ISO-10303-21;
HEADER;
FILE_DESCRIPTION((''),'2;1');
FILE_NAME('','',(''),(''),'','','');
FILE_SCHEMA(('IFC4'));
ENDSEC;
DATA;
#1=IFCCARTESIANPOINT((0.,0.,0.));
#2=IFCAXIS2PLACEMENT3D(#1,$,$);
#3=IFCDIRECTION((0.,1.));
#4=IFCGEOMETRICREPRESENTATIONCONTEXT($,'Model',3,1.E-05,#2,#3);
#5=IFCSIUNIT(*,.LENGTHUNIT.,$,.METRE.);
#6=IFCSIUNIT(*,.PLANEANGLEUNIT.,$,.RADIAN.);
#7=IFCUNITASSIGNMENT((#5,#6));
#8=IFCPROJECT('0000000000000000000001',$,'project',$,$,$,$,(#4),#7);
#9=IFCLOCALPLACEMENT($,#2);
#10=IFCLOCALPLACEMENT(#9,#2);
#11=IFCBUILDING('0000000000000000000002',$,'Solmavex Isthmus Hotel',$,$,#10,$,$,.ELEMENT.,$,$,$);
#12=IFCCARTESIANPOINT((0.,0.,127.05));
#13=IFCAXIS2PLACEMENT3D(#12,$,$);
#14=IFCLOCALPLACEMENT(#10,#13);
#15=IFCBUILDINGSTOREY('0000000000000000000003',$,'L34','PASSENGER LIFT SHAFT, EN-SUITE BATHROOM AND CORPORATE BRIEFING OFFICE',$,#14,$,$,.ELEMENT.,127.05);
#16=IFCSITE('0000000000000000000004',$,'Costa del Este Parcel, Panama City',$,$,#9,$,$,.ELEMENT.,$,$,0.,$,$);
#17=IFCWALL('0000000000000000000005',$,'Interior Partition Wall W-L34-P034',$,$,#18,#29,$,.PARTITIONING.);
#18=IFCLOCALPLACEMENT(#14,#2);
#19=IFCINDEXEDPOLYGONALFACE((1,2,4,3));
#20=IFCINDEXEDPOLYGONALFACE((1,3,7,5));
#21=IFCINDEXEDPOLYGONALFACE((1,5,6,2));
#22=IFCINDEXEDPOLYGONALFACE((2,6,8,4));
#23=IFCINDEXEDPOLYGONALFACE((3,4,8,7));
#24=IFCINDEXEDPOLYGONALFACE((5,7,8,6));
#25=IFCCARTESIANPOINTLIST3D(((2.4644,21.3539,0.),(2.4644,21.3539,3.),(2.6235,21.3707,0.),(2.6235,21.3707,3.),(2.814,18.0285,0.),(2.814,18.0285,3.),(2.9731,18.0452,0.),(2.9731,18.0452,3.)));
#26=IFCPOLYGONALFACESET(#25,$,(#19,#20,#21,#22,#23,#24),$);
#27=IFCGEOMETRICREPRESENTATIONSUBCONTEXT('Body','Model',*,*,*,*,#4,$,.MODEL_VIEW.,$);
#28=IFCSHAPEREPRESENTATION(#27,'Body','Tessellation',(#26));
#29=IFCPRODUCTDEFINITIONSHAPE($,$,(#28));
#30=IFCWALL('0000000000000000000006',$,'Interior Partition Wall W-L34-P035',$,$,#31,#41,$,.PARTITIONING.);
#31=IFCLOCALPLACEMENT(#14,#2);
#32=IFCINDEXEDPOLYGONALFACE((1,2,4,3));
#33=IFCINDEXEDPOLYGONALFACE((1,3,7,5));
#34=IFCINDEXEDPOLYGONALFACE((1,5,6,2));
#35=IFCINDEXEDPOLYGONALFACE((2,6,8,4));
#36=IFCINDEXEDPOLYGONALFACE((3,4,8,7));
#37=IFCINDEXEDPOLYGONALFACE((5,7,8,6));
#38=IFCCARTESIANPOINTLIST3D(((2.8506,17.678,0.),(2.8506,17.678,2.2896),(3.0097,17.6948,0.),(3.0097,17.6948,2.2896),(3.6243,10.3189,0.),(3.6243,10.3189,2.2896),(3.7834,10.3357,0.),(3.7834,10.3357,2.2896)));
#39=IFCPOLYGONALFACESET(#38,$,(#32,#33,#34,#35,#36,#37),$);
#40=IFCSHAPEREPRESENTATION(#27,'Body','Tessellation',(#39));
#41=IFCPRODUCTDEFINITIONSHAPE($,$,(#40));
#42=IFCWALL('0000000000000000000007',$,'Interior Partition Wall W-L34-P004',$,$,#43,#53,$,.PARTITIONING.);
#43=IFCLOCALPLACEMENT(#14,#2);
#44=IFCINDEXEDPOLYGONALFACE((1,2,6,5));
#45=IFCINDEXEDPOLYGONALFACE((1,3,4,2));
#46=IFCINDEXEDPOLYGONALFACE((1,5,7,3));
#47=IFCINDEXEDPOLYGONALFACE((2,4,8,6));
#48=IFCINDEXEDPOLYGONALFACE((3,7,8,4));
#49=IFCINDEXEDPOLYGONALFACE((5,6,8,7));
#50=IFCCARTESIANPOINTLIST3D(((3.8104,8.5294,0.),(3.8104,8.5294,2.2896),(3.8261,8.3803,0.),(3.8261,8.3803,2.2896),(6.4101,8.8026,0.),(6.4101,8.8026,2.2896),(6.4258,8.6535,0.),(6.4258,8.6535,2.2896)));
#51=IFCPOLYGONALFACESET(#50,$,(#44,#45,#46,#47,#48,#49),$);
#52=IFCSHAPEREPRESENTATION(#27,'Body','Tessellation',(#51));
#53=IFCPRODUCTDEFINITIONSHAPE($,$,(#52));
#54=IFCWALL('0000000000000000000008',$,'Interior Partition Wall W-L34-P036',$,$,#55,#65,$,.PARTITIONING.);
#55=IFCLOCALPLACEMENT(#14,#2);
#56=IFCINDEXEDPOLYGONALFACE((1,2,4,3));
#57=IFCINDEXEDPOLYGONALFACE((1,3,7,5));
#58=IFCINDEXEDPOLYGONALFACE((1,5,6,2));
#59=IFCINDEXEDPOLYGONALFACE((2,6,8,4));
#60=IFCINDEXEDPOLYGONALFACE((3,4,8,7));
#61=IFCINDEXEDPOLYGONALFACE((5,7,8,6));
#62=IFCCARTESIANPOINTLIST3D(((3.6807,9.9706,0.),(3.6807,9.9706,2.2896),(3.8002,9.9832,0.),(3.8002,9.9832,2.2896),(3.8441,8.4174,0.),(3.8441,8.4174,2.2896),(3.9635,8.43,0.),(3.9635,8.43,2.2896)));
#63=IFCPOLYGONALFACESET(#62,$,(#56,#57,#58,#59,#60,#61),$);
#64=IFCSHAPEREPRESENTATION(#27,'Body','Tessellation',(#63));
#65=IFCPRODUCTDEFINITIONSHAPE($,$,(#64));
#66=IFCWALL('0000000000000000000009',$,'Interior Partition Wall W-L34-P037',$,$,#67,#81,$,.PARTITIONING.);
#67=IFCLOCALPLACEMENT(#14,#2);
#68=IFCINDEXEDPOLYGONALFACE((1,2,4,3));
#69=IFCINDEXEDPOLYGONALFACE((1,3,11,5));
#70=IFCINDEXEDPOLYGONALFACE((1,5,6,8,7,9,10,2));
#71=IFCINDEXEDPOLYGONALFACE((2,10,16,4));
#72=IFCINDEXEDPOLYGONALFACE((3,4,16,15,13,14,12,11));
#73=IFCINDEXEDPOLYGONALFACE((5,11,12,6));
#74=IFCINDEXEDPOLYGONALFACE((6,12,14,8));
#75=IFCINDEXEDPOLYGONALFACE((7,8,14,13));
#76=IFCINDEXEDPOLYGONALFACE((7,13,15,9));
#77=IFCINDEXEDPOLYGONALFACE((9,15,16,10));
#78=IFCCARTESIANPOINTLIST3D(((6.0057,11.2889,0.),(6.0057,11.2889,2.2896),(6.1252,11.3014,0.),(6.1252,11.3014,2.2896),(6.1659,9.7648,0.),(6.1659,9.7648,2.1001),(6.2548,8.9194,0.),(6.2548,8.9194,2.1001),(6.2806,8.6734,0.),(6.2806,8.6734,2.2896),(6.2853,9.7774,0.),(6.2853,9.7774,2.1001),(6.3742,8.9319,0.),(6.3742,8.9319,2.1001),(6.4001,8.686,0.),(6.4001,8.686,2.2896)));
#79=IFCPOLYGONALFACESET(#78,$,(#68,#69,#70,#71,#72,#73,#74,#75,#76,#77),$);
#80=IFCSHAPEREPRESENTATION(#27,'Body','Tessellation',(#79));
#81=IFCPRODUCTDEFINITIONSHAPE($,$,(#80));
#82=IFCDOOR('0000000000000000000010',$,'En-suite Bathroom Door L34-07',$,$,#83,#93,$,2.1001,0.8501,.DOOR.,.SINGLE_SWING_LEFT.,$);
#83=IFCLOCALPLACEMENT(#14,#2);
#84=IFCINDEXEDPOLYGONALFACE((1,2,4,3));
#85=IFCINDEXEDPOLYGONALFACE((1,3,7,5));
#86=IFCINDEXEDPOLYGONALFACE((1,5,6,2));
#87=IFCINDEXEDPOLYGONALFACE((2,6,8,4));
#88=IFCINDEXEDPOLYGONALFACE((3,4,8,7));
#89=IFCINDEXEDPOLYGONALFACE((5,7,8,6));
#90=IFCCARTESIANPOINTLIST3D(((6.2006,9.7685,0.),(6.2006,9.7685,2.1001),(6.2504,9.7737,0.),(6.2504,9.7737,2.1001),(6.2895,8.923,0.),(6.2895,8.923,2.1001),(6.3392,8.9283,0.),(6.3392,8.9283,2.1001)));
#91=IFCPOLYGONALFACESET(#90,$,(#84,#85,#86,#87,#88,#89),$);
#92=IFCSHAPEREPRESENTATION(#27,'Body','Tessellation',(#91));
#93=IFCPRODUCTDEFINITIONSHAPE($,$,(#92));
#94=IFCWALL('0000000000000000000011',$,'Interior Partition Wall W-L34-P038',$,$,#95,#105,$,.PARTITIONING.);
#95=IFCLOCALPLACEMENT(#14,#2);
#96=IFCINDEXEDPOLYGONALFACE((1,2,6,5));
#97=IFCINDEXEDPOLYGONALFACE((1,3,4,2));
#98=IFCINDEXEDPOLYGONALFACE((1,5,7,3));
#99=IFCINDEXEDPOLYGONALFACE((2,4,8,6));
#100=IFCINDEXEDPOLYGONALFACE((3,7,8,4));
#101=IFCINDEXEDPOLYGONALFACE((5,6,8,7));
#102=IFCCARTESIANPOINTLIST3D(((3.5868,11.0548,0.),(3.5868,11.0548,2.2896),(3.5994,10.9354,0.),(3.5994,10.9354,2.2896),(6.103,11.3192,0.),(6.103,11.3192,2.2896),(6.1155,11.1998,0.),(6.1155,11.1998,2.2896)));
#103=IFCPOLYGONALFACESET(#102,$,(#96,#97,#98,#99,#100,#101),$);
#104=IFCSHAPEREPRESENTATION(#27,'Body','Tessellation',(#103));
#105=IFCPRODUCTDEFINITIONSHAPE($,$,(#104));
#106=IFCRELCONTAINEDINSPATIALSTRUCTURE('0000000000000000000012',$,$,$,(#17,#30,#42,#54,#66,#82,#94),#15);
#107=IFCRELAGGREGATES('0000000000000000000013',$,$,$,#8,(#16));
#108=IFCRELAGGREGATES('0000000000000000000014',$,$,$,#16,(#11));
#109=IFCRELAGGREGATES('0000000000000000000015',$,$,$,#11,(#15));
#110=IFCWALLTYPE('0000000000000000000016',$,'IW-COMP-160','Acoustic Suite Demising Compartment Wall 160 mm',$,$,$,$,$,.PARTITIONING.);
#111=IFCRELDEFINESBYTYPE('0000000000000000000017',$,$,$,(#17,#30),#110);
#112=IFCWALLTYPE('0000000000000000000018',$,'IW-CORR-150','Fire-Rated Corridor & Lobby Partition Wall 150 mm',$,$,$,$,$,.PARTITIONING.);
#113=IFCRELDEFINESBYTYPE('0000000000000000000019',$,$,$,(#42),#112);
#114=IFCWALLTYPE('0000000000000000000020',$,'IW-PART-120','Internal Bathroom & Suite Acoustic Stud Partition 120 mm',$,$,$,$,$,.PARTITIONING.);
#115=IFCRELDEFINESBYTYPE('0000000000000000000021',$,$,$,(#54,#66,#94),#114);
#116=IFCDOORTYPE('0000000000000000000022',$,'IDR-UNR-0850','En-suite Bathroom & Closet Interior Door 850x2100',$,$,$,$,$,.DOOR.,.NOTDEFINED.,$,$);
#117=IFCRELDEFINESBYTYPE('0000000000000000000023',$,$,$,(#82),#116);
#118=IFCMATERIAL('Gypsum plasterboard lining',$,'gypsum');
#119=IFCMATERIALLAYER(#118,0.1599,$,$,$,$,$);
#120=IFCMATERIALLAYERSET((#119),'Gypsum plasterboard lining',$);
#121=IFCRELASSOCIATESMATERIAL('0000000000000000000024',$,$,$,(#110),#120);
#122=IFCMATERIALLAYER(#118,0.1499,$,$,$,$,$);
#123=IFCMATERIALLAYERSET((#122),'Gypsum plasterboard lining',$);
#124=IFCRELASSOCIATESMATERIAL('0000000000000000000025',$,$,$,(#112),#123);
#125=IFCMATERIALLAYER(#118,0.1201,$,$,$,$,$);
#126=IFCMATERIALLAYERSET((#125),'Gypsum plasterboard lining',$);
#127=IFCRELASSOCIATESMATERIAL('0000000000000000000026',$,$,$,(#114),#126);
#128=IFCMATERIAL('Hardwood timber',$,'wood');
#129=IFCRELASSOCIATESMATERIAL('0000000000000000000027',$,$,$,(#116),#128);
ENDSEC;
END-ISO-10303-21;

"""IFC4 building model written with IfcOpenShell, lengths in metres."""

from ifc_helpers import new_model, si_unit, direction, frame, frame_2d, origin, place, context, subcontext, project, spatial, rectangle, extrude, material, layer, layer_set, type_object, element, fill, save


model = new_model("IFC4")

# Units and contexts
model_context = context("Model", 3, precision=1e-05, world=origin(), true_north=direction((0.0, 1.0)))
body_context = subcontext(model_context, "Body", "Model", "MODEL_VIEW")
ifc_project = project(units=[si_unit("LENGTHUNIT", "METRE"), si_unit("PLANEANGLEUNIT", "RADIAN")], contexts=[model_context])

# Site, building, storey
site_placement = place(None, origin())
site = spatial("IfcSite", under=ifc_project, at=site_placement, Name="Costa del Este Parcel, Panama City", CompositionType="ELEMENT", RefElevation=0.0)
building_placement = place(site_placement, origin())
building = spatial("IfcBuilding", under=site, at=building_placement, Name="Solmavex Isthmus Hotel", CompositionType="ELEMENT")
storey_placement = place(building_placement, frame((0.0, 0.0, 127.05)))
storey = spatial("IfcBuildingStorey", under=building, at=storey_placement, Name="L34", Description="PASSENGER LIFT SHAFT, EN-SUITE BATHROOM AND CORPORATE BRIEFING OFFICE", CompositionType="ELEMENT", Elevation=127.05)

# Walls
ifc_material_1 = material(Name="Gypsum plasterboard lining", Category="gypsum")
ifc_layer_1 = layer(ifc_material_1, 0.1599)
ifc_layer_set_1 = layer_set([ifc_layer_1], Name="Gypsum plasterboard lining")
wall_type_1 = type_object("IfcWallType", Name="IW-COMP-160", Description="Acoustic Suite Demising Compartment Wall 160 mm", PredefinedType="PARTITIONING", material=ifc_layer_set_1)
wall_1_placement = place(storey_placement, frame((2.5439, 21.3623, 0.0), z_axis=(0.0, 0.0, 1.0), x_axis=(0.104556, -0.994519, 0.0)))
element("IfcWall", 1, at=wall_1_placement, inside=storey, type_object=wall_type_1, Name="Interior Partition Wall W-L34-P034", PredefinedType="PARTITIONING", context=body_context, shape_type="SweptSolid", body=[
    extrude(rectangle(XDim=3.3438, YDim=0.1599, at=frame_2d((1.6719, 0.0))), origin(), (0.0, 0.0, 1.0), 3.0),
])
wall_2_placement = place(storey_placement, frame((2.9302, 17.6863, 0.0), z_axis=(0.0, 0.0, 1.0), x_axis=(0.104556, -0.994519, 0.0)))
element("IfcWall", 2, at=wall_2_placement, inside=storey, type_object=wall_type_1, Name="Interior Partition Wall W-L34-P035", PredefinedType="PARTITIONING", context=body_context, shape_type="SweptSolid", body=[
    extrude(rectangle(XDim=7.3997, YDim=0.1599, at=frame_2d((3.6997, 0.0))), origin(), (0.0, 0.0, 1.0), 2.2896),
])

# Shared definitions
ifc_layer_2 = layer(ifc_material_1, 0.1499)
ifc_layer_set_2 = layer_set([ifc_layer_2], Name="Gypsum plasterboard lining")
wall_type_2 = type_object("IfcWallType", Name="IW-CORR-150", Description="Fire-Rated Corridor & Lobby Partition Wall 150 mm", PredefinedType="PARTITIONING", material=ifc_layer_set_2)
ifc_material_2 = material(Name="Hardwood timber", Category="wood")

# Walls
wall_3_placement = place(storey_placement, frame((3.8181, 8.4548, 0.0), z_axis=(0.0, 0.0, 1.0), x_axis=(0.994523, 0.104515, 0.0)))
element("IfcWall", 3, at=wall_3_placement, inside=storey, type_object=wall_type_2, Name="Interior Partition Wall W-L34-P004", PredefinedType="PARTITIONING", context=body_context, shape_type="SweptSolid", body=[
    extrude(rectangle(XDim=2.614, YDim=0.1499, at=frame_2d((1.3071, 0.0))), origin(), (0.0, 0.0, 1.0), 2.2896),
])
ifc_layer_3 = layer(ifc_material_1, 0.1201)
ifc_layer_set_3 = layer_set([ifc_layer_3], Name="Gypsum plasterboard lining")
wall_type_3 = type_object("IfcWallType", Name="IW-PART-120", Description="Internal Bathroom & Suite Acoustic Stud Partition 120 mm", PredefinedType="PARTITIONING", material=ifc_layer_set_3)
wall_4_placement = place(storey_placement, frame((3.7405, 9.9768, 0.0), z_axis=(0.0, 0.0, 1.0), x_axis=(0.104579, -0.994517, 0.0)))
element("IfcWall", 4, at=wall_4_placement, inside=storey, type_object=wall_type_3, Name="Interior Partition Wall W-L34-P036", PredefinedType="PARTITIONING", context=body_context, shape_type="SweptSolid", body=[
    extrude(rectangle(XDim=1.5618, YDim=0.1201, at=frame_2d((0.7808, 0.0))), origin(), (0.0, 0.0, 1.0), 2.2896),
])

# Wall, opening, door
wall_5_placement = place(storey_placement, frame((6.3403, 8.6797, 0.0), z_axis=(0.0, 0.0, 1.0), x_axis=(-0.10453, 0.994522, 0.0)))
wall_5 = element("IfcWall", 5, at=wall_5_placement, inside=storey, type_object=wall_type_3, Name="Interior Partition Wall W-L34-P037", PredefinedType="PARTITIONING", context=body_context, shape_type="SweptSolid", body=[
    extrude(rectangle(XDim=2.6299, YDim=0.1201, at=frame_2d((1.3149, 0.0))), origin(), (0.0, 0.0, 1.0), 2.2896),
])
opening_1_placement = place(wall_5_placement, frame((0.2473, 0.0, 0.0)))
opening_1 = element("IfcOpeningElement", 6, at=opening_1_placement, cuts=wall_5, PredefinedType="OPENING", context=body_context, shape_type="SweptSolid", body=[
    extrude(rectangle(XDim=0.8501, YDim=2.1001, at=frame_2d((0.425, 1.05))), frame((0.0, 0.0701, 0.0), z_axis=(0.0, -1.0, 0.0), x_axis=(1.0, 0.0, 0.0)), (0.0, 0.0, 1.0), 0.1401),
])
door_type_1 = type_object("IfcDoorType", Name="IDR-UNR-0850", Description="En-suite Bathroom & Closet Interior Door 850x2100", OperationType="NOTDEFINED", PredefinedType="DOOR", material=ifc_material_2)
door_1_placement = place(opening_1_placement, frame((0.8501, 0.0, 0.0), z_axis=(0.0, 0.0, 1.0), x_axis=(-1.0, 0.0, 0.0)))
door_1 = element("IfcDoor", 7, at=door_1_placement, inside=storey, type_object=door_type_1, Name="En-suite Bathroom Door L34-07", OperationType="SINGLE_SWING_LEFT", OverallHeight=2.1001, OverallWidth=0.8501, PredefinedType="DOOR", context=body_context, shape_type="SweptSolid", body=[
    extrude(rectangle(XDim=0.8501, YDim=2.1001, at=frame_2d((0.425, 1.05))), frame((0.0, 0.0249, 0.0), z_axis=(0.0, -1.0, 0.0), x_axis=(1.0, 0.0, 0.0)), (0.0, 0.0, 1.0), 0.05),
])
fill(opening_1, door_1)

# Wall
wall_6_placement = place(storey_placement, frame((6.1094, 11.2595, 0.0), z_axis=(0.0, 0.0, 1.0), x_axis=(-0.994524, -0.104509, 0.0)))
element("IfcWall", 8, at=wall_6_placement, inside=storey, type_object=wall_type_3, Name="Interior Partition Wall W-L34-P038", PredefinedType="PARTITIONING", context=body_context, shape_type="SweptSolid", body=[
    extrude(rectangle(XDim=2.53, YDim=0.1201, at=frame_2d((1.2651, 0.0))), origin(), (0.0, 0.0, 1.0), 2.2896),
])

save(model, "model.ifc")
